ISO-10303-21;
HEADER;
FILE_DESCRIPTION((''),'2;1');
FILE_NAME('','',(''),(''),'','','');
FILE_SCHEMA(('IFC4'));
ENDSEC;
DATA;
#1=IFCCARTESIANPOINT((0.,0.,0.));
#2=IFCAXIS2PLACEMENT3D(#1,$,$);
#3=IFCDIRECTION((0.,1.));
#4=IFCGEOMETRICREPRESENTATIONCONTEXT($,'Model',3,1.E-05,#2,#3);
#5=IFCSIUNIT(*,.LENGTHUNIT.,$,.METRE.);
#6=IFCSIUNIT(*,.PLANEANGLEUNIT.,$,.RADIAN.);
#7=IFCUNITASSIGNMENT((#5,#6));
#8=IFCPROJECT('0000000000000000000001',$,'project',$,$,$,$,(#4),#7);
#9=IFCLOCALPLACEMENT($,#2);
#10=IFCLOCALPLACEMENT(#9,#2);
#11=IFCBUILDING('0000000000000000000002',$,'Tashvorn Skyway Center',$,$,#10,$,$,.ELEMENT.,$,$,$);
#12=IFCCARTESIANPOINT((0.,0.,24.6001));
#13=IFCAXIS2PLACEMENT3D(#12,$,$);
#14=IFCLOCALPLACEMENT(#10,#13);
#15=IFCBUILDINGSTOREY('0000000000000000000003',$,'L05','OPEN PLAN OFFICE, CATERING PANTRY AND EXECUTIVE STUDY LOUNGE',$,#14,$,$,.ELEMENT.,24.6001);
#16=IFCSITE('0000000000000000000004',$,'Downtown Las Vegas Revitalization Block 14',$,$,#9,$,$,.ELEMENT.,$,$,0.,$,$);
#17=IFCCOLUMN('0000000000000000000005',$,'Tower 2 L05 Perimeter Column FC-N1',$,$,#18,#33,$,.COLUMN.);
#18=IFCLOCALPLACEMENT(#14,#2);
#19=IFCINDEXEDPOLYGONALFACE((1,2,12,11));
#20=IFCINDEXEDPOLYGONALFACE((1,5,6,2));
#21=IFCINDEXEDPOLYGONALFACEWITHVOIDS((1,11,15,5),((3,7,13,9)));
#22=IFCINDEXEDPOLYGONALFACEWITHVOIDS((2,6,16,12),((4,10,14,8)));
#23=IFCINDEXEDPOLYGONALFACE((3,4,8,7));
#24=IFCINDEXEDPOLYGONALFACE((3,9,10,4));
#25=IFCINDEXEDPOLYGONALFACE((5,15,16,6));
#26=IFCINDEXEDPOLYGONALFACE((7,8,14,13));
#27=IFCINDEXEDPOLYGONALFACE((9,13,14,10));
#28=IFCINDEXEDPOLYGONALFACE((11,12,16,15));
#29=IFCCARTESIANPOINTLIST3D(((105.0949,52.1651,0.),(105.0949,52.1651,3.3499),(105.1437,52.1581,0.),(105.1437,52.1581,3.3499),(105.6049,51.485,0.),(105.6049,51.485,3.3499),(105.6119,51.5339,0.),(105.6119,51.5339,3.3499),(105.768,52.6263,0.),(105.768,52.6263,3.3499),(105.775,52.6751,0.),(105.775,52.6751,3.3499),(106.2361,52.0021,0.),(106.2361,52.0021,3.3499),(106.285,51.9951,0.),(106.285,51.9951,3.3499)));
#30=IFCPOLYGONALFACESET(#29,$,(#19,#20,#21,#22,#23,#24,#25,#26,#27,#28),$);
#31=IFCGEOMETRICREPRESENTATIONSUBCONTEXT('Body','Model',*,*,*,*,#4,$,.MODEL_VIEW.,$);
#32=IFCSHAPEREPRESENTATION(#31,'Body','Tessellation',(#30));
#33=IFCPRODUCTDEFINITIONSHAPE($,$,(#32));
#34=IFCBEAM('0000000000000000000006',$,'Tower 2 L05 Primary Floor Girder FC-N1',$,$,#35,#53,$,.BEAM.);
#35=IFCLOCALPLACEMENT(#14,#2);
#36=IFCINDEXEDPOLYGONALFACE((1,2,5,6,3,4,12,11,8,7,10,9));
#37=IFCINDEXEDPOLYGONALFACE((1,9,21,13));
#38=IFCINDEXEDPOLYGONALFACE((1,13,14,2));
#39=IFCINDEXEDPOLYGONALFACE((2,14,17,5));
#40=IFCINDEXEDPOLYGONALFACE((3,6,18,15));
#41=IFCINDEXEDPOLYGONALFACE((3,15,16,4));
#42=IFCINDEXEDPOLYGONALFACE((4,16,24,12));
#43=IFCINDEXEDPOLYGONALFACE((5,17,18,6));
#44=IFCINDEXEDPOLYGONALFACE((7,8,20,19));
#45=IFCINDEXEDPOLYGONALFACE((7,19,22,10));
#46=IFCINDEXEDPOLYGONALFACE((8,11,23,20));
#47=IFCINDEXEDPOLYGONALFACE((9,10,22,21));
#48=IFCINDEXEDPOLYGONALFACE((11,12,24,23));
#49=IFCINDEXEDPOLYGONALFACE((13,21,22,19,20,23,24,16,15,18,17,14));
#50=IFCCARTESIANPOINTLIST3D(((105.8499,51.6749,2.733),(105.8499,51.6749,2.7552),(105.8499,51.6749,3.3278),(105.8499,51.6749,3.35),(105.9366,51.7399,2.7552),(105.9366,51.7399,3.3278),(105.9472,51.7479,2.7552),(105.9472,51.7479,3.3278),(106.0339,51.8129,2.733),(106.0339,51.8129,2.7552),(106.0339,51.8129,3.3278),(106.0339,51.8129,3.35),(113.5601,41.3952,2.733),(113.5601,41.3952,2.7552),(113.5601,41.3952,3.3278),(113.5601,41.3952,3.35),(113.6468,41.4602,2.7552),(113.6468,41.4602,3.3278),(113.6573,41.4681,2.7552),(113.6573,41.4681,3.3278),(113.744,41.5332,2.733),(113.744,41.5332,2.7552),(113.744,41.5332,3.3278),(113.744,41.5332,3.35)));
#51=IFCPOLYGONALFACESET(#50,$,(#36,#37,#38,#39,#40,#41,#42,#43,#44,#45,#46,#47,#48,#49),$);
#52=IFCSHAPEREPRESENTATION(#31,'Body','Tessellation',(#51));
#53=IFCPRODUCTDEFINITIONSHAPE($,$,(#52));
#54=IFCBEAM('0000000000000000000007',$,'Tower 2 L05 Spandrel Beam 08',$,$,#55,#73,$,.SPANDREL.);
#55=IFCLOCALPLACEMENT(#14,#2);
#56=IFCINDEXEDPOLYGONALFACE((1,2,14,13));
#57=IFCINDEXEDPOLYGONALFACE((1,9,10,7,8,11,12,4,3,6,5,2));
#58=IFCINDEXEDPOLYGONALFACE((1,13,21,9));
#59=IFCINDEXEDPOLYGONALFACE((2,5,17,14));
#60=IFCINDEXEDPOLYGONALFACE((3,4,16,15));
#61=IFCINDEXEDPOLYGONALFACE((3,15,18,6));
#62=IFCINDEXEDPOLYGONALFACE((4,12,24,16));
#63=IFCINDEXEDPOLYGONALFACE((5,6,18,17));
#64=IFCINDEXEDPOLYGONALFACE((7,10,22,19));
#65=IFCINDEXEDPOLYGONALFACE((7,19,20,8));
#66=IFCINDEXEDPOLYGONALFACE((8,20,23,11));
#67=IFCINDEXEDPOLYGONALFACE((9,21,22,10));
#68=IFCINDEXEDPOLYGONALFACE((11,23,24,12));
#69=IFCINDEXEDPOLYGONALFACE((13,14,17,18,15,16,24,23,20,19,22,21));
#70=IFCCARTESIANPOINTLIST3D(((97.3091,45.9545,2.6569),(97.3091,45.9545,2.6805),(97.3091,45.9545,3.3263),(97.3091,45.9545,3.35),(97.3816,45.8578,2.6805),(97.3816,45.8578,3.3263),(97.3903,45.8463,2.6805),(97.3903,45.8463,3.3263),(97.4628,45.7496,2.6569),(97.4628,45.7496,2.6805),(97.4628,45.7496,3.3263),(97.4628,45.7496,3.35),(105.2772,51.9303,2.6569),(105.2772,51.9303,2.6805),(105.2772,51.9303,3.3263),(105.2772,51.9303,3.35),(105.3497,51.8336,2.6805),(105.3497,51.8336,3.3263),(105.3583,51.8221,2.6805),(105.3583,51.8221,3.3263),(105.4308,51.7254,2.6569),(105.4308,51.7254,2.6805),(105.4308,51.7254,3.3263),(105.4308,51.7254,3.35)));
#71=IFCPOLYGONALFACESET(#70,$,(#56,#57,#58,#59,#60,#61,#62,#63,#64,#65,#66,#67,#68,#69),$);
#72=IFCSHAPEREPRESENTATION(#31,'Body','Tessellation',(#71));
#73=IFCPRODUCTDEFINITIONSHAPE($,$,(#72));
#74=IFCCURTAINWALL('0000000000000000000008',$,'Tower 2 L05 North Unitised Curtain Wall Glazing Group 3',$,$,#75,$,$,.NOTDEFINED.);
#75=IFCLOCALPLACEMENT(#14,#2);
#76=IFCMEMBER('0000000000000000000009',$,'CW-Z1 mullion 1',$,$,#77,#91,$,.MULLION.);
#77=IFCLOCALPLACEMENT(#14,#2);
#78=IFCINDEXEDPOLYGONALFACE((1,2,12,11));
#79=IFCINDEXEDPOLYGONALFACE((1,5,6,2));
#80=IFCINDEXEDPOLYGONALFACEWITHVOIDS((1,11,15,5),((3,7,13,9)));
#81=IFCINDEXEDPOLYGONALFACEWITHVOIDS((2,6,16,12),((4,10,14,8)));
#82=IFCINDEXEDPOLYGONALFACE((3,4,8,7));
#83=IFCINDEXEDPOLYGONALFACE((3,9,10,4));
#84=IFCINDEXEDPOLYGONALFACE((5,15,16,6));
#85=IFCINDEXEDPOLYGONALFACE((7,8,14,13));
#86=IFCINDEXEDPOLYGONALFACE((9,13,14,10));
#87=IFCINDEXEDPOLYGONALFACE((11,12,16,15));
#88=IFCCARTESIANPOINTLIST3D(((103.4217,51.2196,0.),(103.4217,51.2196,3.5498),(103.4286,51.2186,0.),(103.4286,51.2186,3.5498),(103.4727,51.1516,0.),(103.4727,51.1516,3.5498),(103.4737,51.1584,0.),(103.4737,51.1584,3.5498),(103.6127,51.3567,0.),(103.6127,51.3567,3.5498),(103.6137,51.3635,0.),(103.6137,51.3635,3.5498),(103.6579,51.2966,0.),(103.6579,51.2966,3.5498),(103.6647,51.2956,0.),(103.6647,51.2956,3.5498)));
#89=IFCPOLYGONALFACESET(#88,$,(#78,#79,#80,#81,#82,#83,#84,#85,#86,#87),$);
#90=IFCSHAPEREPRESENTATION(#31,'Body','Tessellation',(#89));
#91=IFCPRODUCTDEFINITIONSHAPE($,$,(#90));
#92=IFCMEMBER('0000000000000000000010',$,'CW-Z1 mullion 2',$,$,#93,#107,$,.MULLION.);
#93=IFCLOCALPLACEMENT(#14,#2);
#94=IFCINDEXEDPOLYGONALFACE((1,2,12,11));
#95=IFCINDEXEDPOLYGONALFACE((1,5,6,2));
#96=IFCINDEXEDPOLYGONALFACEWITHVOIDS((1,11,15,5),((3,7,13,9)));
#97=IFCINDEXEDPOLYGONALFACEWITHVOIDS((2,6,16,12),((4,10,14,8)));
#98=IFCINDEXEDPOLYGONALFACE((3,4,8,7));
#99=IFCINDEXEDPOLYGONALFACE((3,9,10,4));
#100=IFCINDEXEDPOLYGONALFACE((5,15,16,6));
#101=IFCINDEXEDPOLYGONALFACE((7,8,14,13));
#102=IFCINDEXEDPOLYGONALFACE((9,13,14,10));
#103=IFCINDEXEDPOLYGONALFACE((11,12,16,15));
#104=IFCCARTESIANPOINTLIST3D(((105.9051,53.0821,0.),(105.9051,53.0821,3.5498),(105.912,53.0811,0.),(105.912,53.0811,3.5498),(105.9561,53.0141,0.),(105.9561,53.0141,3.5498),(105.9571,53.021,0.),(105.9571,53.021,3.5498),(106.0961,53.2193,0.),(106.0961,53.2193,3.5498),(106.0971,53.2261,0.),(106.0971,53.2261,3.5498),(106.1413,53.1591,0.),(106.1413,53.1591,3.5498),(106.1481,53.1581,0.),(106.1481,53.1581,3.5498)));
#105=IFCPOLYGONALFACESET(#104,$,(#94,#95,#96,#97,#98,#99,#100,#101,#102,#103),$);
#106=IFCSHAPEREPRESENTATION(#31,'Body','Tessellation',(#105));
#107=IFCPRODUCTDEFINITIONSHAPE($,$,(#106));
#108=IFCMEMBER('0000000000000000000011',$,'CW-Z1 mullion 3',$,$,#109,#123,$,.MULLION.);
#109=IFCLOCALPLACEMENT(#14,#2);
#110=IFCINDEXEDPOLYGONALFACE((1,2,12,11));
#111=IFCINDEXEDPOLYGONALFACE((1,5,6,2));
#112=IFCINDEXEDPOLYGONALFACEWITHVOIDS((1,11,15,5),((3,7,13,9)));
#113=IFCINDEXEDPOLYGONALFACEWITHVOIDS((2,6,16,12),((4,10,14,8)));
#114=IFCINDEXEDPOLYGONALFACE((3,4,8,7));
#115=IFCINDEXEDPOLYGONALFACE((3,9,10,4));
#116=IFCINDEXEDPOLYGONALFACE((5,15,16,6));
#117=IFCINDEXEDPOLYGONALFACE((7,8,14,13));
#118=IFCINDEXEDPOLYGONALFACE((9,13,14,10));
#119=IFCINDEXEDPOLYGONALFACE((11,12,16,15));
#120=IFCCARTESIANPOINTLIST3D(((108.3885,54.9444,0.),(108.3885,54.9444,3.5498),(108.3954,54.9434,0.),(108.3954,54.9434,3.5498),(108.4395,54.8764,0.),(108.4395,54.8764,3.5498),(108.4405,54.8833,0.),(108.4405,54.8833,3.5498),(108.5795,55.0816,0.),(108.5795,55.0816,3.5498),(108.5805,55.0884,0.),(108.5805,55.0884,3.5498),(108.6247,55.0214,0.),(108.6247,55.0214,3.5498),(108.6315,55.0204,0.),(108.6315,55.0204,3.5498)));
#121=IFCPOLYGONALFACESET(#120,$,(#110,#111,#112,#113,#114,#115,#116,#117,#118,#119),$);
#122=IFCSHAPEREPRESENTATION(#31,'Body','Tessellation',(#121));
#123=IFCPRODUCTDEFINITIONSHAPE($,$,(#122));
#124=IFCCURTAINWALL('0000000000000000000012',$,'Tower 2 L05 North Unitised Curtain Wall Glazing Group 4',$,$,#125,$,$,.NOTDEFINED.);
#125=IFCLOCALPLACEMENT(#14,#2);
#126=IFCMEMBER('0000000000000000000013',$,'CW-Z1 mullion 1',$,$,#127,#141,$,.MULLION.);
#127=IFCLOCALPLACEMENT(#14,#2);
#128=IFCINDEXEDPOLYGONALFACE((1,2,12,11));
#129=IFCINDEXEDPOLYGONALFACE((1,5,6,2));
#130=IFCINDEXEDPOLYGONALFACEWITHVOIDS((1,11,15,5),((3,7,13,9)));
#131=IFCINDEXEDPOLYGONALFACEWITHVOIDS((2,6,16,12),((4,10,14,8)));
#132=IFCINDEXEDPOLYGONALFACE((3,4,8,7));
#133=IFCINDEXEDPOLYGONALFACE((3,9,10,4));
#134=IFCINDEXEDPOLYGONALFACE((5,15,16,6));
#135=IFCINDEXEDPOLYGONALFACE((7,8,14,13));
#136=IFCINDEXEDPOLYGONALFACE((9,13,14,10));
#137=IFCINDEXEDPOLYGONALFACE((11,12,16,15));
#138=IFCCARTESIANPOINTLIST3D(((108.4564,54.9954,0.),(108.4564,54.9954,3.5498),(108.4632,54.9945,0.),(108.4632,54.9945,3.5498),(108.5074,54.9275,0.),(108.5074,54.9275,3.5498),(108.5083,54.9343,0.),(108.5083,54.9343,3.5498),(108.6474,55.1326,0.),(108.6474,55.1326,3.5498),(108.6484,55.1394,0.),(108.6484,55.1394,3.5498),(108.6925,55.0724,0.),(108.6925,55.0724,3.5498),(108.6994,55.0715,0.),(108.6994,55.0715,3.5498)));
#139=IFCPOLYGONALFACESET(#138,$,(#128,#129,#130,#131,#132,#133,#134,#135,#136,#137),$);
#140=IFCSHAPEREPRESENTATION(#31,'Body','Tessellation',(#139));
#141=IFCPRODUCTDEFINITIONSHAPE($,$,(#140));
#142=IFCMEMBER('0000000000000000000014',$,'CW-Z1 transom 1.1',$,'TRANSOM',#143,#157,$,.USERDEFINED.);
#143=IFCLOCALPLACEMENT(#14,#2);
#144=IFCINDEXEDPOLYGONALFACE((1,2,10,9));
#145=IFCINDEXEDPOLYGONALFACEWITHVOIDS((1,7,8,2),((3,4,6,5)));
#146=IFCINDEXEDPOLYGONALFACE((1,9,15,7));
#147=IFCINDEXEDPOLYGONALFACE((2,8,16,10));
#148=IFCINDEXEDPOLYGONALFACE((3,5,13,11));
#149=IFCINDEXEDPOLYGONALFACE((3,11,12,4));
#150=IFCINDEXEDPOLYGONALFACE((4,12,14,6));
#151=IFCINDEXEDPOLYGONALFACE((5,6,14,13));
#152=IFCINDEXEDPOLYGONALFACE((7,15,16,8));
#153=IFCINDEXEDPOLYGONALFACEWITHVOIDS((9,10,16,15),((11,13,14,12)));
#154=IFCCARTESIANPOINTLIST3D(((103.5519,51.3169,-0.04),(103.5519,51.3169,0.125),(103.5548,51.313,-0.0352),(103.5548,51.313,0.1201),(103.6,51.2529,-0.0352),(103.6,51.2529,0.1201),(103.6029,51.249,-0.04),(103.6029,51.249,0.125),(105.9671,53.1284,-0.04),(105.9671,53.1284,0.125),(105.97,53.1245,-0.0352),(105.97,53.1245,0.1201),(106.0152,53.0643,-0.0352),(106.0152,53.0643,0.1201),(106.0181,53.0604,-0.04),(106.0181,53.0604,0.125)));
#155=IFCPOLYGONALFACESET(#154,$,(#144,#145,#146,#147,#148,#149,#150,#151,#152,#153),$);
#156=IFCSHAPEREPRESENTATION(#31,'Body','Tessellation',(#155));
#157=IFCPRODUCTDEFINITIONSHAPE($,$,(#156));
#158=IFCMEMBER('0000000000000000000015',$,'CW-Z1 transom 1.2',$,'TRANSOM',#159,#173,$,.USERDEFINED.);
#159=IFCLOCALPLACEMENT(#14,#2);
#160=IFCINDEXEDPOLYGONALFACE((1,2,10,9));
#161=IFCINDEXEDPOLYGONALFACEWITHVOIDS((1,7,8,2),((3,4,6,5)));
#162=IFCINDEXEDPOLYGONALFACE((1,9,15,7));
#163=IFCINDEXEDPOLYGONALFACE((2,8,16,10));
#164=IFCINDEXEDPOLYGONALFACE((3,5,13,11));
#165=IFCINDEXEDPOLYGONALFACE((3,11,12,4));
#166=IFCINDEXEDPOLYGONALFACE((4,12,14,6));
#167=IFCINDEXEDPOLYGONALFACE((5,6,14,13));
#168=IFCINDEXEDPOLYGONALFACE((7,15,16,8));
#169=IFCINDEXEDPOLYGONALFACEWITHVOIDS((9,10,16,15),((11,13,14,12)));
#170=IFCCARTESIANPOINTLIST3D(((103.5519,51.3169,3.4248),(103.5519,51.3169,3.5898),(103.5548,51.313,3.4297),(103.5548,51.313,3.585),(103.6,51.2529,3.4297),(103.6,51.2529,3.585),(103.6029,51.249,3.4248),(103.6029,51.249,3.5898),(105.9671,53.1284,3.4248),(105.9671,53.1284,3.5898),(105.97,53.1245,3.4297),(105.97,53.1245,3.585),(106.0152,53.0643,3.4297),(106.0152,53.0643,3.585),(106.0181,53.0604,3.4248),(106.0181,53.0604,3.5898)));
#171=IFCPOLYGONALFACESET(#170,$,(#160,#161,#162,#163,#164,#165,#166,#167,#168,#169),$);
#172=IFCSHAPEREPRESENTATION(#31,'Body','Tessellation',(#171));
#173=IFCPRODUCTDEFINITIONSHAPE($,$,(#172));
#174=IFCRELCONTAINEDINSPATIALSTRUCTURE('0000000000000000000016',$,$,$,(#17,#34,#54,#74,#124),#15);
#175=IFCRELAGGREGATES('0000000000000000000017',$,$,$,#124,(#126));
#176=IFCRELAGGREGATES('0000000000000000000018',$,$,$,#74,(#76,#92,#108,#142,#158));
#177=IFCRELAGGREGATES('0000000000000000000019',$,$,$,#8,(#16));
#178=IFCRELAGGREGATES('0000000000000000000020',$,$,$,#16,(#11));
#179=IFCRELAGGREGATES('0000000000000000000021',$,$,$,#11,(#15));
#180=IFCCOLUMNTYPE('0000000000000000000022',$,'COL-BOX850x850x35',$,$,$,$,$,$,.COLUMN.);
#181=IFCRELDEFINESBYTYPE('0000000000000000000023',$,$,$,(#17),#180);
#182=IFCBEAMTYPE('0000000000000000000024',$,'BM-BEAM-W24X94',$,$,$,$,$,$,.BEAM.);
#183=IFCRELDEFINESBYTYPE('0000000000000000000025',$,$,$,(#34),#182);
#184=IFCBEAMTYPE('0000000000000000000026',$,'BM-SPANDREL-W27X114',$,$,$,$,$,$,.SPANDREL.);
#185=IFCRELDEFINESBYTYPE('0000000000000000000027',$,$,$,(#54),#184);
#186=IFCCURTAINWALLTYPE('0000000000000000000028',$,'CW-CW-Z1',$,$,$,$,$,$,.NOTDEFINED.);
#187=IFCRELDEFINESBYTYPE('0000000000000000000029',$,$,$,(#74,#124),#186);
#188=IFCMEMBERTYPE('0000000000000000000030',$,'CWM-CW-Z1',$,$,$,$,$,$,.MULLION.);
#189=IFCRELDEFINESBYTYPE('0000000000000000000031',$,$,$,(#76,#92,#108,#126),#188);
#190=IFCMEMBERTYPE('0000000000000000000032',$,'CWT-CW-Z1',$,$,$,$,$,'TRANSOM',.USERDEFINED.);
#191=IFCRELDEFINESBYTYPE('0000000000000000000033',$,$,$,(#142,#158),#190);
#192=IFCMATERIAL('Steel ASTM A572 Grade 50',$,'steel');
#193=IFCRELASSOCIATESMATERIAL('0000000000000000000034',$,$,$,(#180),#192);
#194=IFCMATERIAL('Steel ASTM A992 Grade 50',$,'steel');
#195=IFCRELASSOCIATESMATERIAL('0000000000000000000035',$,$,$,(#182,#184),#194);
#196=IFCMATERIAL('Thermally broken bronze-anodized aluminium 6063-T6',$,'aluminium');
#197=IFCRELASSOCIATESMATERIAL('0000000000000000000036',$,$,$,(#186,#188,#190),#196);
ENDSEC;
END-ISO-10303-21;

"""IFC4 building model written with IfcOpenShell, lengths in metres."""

from ifc_helpers import new_model, si_unit, direction, frame, origin, origin_2d, place, context, subcontext, project, spatial, hollow_rectangle, i_section, extrude, material, material_profile, profile_set, type_object, element, aggregate, save


model = new_model("IFC4")

# Units and contexts
model_context = context("Model", 3, precision=1e-05, world=origin(), true_north=direction((0.0, 1.0)))
body_context = subcontext(model_context, "Body", "Model", "MODEL_VIEW")
ifc_project = project(units=[si_unit("LENGTHUNIT", "METRE"), si_unit("PLANEANGLEUNIT", "RADIAN")], contexts=[model_context])

# Site, building, storey
site_placement = place(None, origin())
site = spatial("IfcSite", under=ifc_project, at=site_placement, Name="Downtown Las Vegas Revitalization Block 14", CompositionType="ELEMENT", RefElevation=0.0)
building_placement = place(site_placement, origin())
building = spatial("IfcBuilding", under=site, at=building_placement, Name="Tashvorn Skyway Center", CompositionType="ELEMENT")
storey_placement = place(building_placement, frame((0.0, 0.0, 24.6001)))
storey = spatial("IfcBuildingStorey", under=building, at=storey_placement, Name="L05", Description="OPEN PLAN OFFICE, CATERING PANTRY AND EXECUTIVE STUDY LOUNGE", CompositionType="ELEMENT", Elevation=24.6001)

# Column
ifc_material_1 = material(Name="Steel ASTM A572 Grade 50", Category="steel")
ifc_material_profile_1 = material_profile(ifc_material_1, hollow_rectangle(XDim=0.8501, YDim=0.8501, WallThickness=0.0349, at=origin_2d()), Name="BOX850x850x35")
ifc_profile_set_1 = profile_set([ifc_material_profile_1], Name="Steel ASTM A572 Grade 50")
column_type = type_object("IfcColumnType", Name="COL-BOX850x850x35", PredefinedType="COLUMN", material=ifc_profile_set_1)
column_placement = place(storey_placement, frame((105.6899, 52.0801, 0.0), z_axis=(0.0, 0.0, 1.0), x_axis=(0.8, 0.6, 0.0)))
element("IfcColumn", 1, at=column_placement, inside=storey, type_object=column_type, Name="Tower 2 L05 Perimeter Column FC-N1", PredefinedType="COLUMN", context=body_context, shape_type="SweptSolid", body=[
    extrude(hollow_rectangle(XDim=0.8501, YDim=0.8501, WallThickness=0.0349, at=origin_2d()), origin(), (0.0, 0.0, 1.0), 3.3499),
])

# Beams
ifc_material_2 = material(Name="Steel ASTM A992 Grade 50", Category="steel")
ifc_material_profile_2 = material_profile(ifc_material_2, i_section(OverallWidth=0.23, OverallDepth=0.6169, WebThickness=0.0132, FlangeThickness=0.0222, at=origin_2d()), Name="W24X94")
ifc_profile_set_2 = profile_set([ifc_material_profile_2], Name="Steel ASTM A992 Grade 50")
beam_type_1 = type_object("IfcBeamType", Name="BM-BEAM-W24X94", PredefinedType="BEAM", material=ifc_profile_set_2)
beam_1_placement = place(storey_placement, frame((105.9419, 51.7439, 3.0415), z_axis=(0.600018, -0.799986, 0.0), x_axis=(0.799986, 0.600018, 0.0)))
element("IfcBeam", 2, at=beam_1_placement, inside=storey, type_object=beam_type_1, Name="Tower 2 L05 Primary Floor Girder FC-N1", PredefinedType="BEAM", context=body_context, shape_type="SweptSolid", body=[
    extrude(i_section(OverallWidth=0.23, OverallDepth=0.6169, WebThickness=0.0132, FlangeThickness=0.0222, at=origin_2d()), origin(), (0.0, 0.0, 1.0), 12.8499),
])
ifc_material_profile_3 = material_profile(ifc_material_2, i_section(OverallWidth=0.2561, OverallDepth=0.6931, WebThickness=0.0144, FlangeThickness=0.0237, at=origin_2d()), Name="W27X114")
ifc_profile_set_3 = profile_set([ifc_material_profile_3], Name="Steel ASTM A992 Grade 50")
beam_type_2 = type_object("IfcBeamType", Name="BM-SPANDREL-W27X114", PredefinedType="SPANDREL", material=ifc_profile_set_3)
beam_2_placement = place(storey_placement, frame((105.354, 51.8279, 3.0034), z_axis=(-0.800009, -0.599988, 0.0), x_axis=(0.599988, -0.800009, 0.0)))
element("IfcBeam", 3, at=beam_2_placement, inside=storey, type_object=beam_type_2, Name="Tower 2 L05 Spandrel Beam 08", PredefinedType="SPANDREL", context=body_context, shape_type="SweptSolid", body=[
    extrude(i_section(OverallWidth=0.2561, OverallDepth=0.6931, WebThickness=0.0144, FlangeThickness=0.0237, at=origin_2d()), origin(), (0.0, 0.0, 1.0), 9.96),
])

# Curtain wall, members
ifc_material_3 = material(Name="Thermally broken bronze-anodized aluminium 6063-T6", Category="aluminium")
curtain_wall_type = type_object("IfcCurtainWallType", Name="CW-CW-Z1", PredefinedType="NOTDEFINED", material=ifc_material_3)
curtain_wall_1_placement = place(storey_placement, origin())
curtain_wall_1 = element("IfcCurtainWall", 4, at=curtain_wall_1_placement, inside=storey, type_object=curtain_wall_type, Name="Tower 2 L05 North Unitised Curtain Wall Glazing Group 3", PredefinedType="NOTDEFINED")
ifc_material_profile_4 = material_profile(ifc_material_3, hollow_rectangle(XDim=0.085, YDim=0.24, WallThickness=0.0049, at=origin_2d()), Name="ALU-MULL-85x240")
ifc_profile_set_4 = profile_set([ifc_material_profile_4], Name="Thermally broken bronze-anodized aluminium 6063-T6")
member_type_1 = type_object("IfcMemberType", Name="CWM-CW-Z1", PredefinedType="MULLION", material=ifc_profile_set_4)
member_1_placement = place(storey_placement, frame((103.5432, 51.2576, 0.0), z_axis=(0.0, 0.0, 1.0), x_axis=(-0.599997, 0.800002, 0.0)))
member_1 = element("IfcMember", 5, at=member_1_placement, type_object=member_type_1, Name="CW-Z1 mullion 1", PredefinedType="MULLION", context=body_context, shape_type="SweptSolid", body=[
    extrude(hollow_rectangle(XDim=0.085, YDim=0.24, WallThickness=0.0049, at=origin_2d()), origin(), (0.0, 0.0, 1.0), 3.5498),
])
member_2_placement = place(storey_placement, frame((106.0266, 53.1201, 0.0), z_axis=(0.0, 0.0, 1.0), x_axis=(-0.599997, 0.800002, 0.0)))
member_2 = element("IfcMember", 6, at=member_2_placement, type_object=member_type_1, Name="CW-Z1 mullion 2", PredefinedType="MULLION", context=body_context, shape_type="SweptSolid", body=[
    extrude(hollow_rectangle(XDim=0.085, YDim=0.24, WallThickness=0.0049, at=origin_2d()), origin(), (0.0, 0.0, 1.0), 3.5498),
])
member_3_placement = place(storey_placement, frame((108.51, 54.9824, 0.0), z_axis=(0.0, 0.0, 1.0), x_axis=(-0.599997, 0.800002, 0.0)))
member_3 = element("IfcMember", 7, at=member_3_placement, type_object=member_type_1, Name="CW-Z1 mullion 3", PredefinedType="MULLION", context=body_context, shape_type="SweptSolid", body=[
    extrude(hollow_rectangle(XDim=0.085, YDim=0.24, WallThickness=0.0049, at=origin_2d()), origin(), (0.0, 0.0, 1.0), 3.5498),
])

# Curtain wall, member
curtain_wall_2_placement = place(storey_placement, origin())
curtain_wall_2 = element("IfcCurtainWall", 8, at=curtain_wall_2_placement, inside=storey, type_object=curtain_wall_type, Name="Tower 2 L05 North Unitised Curtain Wall Glazing Group 4", PredefinedType="NOTDEFINED")
member_4_placement = place(storey_placement, frame((108.5779, 55.0334, 0.0), z_axis=(0.0, 0.0, 1.0), x_axis=(-0.6, 0.8, 0.0)))
member_4 = element("IfcMember", 9, at=member_4_placement, type_object=member_type_1, Name="CW-Z1 mullion 1", PredefinedType="MULLION", context=body_context, shape_type="SweptSolid", body=[
    extrude(hollow_rectangle(XDim=0.085, YDim=0.24, WallThickness=0.0049, at=origin_2d()), origin(), (0.0, 0.0, 1.0), 3.5498),
])

# Members
ifc_material_profile_5 = material_profile(ifc_material_3, hollow_rectangle(XDim=0.085, YDim=0.165, WallThickness=0.0049, at=origin_2d()), Name="ALU-TRAN-85x165")
ifc_profile_set_5 = profile_set([ifc_material_profile_5], Name="Thermally broken bronze-anodized aluminium 6063-T6")
member_type_2 = type_object("IfcMemberType", Name="CWT-CW-Z1", ElementType="TRANSOM", PredefinedType="USERDEFINED", material=ifc_profile_set_5)
member_5_placement = place(storey_placement, frame((103.5774, 51.283, 0.0425), z_axis=(0.79999, 0.600013, 0.0), x_axis=(-0.600013, 0.79999, 0.0)))
member_5 = element("IfcMember", 10, at=member_5_placement, type_object=member_type_2, Name="CW-Z1 transom 1.1", ObjectType="TRANSOM", PredefinedType="USERDEFINED", context=body_context, shape_type="SweptSolid", body=[
    extrude(hollow_rectangle(XDim=0.085, YDim=0.165, WallThickness=0.0049, at=origin_2d()), origin(), (0.0, 0.0, 1.0), 3.019),
])
member_6_placement = place(storey_placement, frame((103.5774, 51.283, 3.5073), z_axis=(0.79999, 0.600013, 0.0), x_axis=(-0.600013, 0.79999, 0.0)))
member_6 = element("IfcMember", 11, at=member_6_placement, type_object=member_type_2, Name="CW-Z1 transom 1.2", ObjectType="TRANSOM", PredefinedType="USERDEFINED", context=body_context, shape_type="SweptSolid", body=[
    extrude(hollow_rectangle(XDim=0.085, YDim=0.165, WallThickness=0.0049, at=origin_2d()), origin(), (0.0, 0.0, 1.0), 3.019),
])
aggregate(curtain_wall_2, [member_4])

aggregate(curtain_wall_1, [member_1, member_2, member_3, member_5, member_6])

save(model, "model.ifc")
